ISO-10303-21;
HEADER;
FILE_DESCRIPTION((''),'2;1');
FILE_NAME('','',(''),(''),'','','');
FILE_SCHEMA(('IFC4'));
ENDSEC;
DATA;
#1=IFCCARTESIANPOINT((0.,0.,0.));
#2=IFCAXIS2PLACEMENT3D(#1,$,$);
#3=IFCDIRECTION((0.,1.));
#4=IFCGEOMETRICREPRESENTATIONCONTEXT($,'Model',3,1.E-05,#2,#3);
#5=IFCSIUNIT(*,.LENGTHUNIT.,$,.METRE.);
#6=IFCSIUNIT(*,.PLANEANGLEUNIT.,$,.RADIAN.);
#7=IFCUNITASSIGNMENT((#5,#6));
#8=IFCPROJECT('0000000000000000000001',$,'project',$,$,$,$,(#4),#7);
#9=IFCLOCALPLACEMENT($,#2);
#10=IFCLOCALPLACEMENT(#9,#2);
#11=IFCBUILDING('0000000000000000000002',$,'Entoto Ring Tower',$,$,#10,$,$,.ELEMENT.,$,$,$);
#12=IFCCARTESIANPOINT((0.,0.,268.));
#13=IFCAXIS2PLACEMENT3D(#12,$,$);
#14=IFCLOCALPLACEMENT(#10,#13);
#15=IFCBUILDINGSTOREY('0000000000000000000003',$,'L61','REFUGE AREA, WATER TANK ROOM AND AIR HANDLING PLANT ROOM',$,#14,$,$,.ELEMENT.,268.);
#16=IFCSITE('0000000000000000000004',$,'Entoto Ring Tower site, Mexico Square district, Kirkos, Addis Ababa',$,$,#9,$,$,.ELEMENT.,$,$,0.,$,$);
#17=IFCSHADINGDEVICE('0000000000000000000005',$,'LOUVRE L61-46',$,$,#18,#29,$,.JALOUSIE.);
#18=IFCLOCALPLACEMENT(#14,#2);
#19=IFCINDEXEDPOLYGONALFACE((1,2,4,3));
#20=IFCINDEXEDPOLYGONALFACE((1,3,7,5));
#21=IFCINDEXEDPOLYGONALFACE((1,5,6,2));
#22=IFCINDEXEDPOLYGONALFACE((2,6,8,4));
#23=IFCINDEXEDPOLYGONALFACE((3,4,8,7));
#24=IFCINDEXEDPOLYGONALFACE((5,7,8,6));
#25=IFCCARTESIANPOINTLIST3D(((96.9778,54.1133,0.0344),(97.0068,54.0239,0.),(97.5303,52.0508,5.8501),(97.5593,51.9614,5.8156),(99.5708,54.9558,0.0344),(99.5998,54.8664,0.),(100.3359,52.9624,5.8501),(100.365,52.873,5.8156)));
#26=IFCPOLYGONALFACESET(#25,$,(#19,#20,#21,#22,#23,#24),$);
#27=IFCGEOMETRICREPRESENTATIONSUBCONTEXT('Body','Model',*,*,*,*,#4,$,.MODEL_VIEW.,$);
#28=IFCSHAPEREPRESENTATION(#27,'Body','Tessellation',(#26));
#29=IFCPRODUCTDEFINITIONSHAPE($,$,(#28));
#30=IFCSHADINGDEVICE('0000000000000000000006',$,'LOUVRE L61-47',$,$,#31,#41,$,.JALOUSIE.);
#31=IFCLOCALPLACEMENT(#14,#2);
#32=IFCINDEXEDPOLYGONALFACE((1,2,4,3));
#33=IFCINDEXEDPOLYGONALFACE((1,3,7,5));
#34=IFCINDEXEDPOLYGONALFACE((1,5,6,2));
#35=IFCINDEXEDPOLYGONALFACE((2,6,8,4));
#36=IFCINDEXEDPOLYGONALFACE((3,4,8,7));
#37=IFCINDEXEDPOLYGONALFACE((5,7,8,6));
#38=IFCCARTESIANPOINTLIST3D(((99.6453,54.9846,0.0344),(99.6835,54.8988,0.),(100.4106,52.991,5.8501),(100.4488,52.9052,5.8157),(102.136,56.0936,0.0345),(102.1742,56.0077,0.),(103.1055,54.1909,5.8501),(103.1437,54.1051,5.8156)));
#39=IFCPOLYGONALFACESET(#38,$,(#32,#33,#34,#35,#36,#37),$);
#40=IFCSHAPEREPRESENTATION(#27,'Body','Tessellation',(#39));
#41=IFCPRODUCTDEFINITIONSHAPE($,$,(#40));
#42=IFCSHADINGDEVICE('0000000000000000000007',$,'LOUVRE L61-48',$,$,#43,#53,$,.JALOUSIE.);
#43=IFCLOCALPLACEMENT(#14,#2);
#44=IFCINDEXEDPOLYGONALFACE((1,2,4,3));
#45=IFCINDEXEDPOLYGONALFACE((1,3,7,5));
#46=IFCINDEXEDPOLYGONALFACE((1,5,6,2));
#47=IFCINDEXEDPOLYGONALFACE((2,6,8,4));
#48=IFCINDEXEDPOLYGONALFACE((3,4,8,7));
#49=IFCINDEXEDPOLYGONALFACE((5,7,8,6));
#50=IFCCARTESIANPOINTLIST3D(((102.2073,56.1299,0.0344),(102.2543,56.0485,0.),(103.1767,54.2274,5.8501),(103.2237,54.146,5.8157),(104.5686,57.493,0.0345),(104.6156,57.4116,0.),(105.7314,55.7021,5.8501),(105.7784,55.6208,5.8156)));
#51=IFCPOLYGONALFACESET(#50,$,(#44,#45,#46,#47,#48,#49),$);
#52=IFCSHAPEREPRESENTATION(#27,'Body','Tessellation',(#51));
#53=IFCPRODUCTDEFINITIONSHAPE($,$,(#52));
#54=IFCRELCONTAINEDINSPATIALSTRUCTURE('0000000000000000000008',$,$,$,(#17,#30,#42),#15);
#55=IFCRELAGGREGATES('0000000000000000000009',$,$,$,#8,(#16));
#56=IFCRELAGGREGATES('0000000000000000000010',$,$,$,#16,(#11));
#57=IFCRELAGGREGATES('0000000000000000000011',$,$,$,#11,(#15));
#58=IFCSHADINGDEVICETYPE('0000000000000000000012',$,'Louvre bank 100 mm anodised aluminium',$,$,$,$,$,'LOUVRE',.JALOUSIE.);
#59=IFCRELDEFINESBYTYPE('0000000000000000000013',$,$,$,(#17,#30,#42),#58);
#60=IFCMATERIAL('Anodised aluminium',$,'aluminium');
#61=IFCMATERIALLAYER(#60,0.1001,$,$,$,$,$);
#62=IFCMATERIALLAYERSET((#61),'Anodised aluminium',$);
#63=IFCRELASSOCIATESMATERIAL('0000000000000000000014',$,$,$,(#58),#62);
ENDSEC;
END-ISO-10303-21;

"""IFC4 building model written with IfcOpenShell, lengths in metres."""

from ifc_helpers import new_model, si_unit, direction, frame, origin, place, context, subcontext, project, spatial, polyline, outline, extrude, material, layer, layer_set, type_object, element, save


model = new_model("IFC4")

# Units and contexts
model_context = context("Model", 3, precision=1e-05, world=origin(), true_north=direction((0.0, 1.0)))
body_context = subcontext(model_context, "Body", "Model", "MODEL_VIEW")
ifc_project = project(units=[si_unit("LENGTHUNIT", "METRE"), si_unit("PLANEANGLEUNIT", "RADIAN")], contexts=[model_context])

# Site, building, storey
site_placement = place(None, origin())
site = spatial("IfcSite", under=ifc_project, at=site_placement, Name="Entoto Ring Tower site, Mexico Square district, Kirkos, Addis Ababa", CompositionType="ELEMENT", RefElevation=0.0)
building_placement = place(site_placement, origin())
building = spatial("IfcBuilding", under=site, at=building_placement, Name="Entoto Ring Tower", CompositionType="ELEMENT")
storey_placement = place(building_placement, frame((0.0, 0.0, 268.0)))
storey = spatial("IfcBuildingStorey", under=building, at=storey_placement, Name="L61", Description="REFUGE AREA, WATER TANK ROOM AND AIR HANDLING PLANT ROOM", CompositionType="ELEMENT", Elevation=268.0)

# Shading devices
ifc_material_1 = material(Name="Anodised aluminium", Category="aluminium")
ifc_layer_1 = layer(ifc_material_1, 0.1001)
ifc_layer_set_1 = layer_set([ifc_layer_1], Name="Anodised aluminium")
shading_device_type = type_object("IfcShadingDeviceType", Name="Louvre bank 100 mm anodised aluminium", ElementType="LOUVRE", PredefinedType="JALOUSIE", material=ifc_layer_set_1)
shading_device_1_placement = place(storey_placement, frame((96.9778, 54.1133, 0.0344), z_axis=(-0.290133, 0.89293, 0.344236), x_axis=(0.951056, 0.309019, 0.0)))
element("IfcShadingDevice", 1, at=shading_device_1_placement, inside=storey, type_object=shading_device_type, Name="LOUVRE L61-46", PredefinedType="JALOUSIE", context=body_context, shape_type="SweptSolid", body=[
    extrude(outline(polyline([(0.0, 0.0), (2.7265, 0.0), (2.8381, -6.1942), (-0.1119, -6.1942), (0.0, 0.0)])), origin(), (0.0, 0.0, -1.0), 0.1001),
])
shading_device_2_placement = place(storey_placement, frame((99.6453, 54.9846, 0.0344), z_axis=(-0.381885, 0.857696, 0.344269), x_axis=(0.913542, 0.406746, 0.00001)))
element("IfcShadingDevice", 2, at=shading_device_2_placement, inside=storey, type_object=shading_device_type, Name="LOUVRE L61-47", PredefinedType="JALOUSIE", context=body_context, shape_type="SweptSolid", body=[
    extrude(outline(polyline([(0.0, 0.0), (2.7264, 0.0), (2.8383, -6.1943), (-0.1116, -6.1944), (0.0, 0.0)])), origin(), (0.0, 0.0, -1.0), 0.1001),
])
shading_device_3_placement = place(storey_placement, frame((102.2073, 56.1299, 0.0344), z_axis=(-0.469394, 0.81312, 0.344246), x_axis=(0.866056, 0.499948, 0.00001)))
element("IfcShadingDevice", 3, at=shading_device_3_placement, inside=storey, type_object=shading_device_type, Name="LOUVRE L61-48", PredefinedType="JALOUSIE", context=body_context, shape_type="SweptSolid", body=[
    extrude(outline(polyline([(0.0, 0.0), (2.7265, 0.0), (2.8383, -6.1942), (-0.1115, -6.1943), (0.0, 0.0)])), origin(), (0.0, 0.0, -1.0), 0.1001),
])

save(model, "model.ifc")
